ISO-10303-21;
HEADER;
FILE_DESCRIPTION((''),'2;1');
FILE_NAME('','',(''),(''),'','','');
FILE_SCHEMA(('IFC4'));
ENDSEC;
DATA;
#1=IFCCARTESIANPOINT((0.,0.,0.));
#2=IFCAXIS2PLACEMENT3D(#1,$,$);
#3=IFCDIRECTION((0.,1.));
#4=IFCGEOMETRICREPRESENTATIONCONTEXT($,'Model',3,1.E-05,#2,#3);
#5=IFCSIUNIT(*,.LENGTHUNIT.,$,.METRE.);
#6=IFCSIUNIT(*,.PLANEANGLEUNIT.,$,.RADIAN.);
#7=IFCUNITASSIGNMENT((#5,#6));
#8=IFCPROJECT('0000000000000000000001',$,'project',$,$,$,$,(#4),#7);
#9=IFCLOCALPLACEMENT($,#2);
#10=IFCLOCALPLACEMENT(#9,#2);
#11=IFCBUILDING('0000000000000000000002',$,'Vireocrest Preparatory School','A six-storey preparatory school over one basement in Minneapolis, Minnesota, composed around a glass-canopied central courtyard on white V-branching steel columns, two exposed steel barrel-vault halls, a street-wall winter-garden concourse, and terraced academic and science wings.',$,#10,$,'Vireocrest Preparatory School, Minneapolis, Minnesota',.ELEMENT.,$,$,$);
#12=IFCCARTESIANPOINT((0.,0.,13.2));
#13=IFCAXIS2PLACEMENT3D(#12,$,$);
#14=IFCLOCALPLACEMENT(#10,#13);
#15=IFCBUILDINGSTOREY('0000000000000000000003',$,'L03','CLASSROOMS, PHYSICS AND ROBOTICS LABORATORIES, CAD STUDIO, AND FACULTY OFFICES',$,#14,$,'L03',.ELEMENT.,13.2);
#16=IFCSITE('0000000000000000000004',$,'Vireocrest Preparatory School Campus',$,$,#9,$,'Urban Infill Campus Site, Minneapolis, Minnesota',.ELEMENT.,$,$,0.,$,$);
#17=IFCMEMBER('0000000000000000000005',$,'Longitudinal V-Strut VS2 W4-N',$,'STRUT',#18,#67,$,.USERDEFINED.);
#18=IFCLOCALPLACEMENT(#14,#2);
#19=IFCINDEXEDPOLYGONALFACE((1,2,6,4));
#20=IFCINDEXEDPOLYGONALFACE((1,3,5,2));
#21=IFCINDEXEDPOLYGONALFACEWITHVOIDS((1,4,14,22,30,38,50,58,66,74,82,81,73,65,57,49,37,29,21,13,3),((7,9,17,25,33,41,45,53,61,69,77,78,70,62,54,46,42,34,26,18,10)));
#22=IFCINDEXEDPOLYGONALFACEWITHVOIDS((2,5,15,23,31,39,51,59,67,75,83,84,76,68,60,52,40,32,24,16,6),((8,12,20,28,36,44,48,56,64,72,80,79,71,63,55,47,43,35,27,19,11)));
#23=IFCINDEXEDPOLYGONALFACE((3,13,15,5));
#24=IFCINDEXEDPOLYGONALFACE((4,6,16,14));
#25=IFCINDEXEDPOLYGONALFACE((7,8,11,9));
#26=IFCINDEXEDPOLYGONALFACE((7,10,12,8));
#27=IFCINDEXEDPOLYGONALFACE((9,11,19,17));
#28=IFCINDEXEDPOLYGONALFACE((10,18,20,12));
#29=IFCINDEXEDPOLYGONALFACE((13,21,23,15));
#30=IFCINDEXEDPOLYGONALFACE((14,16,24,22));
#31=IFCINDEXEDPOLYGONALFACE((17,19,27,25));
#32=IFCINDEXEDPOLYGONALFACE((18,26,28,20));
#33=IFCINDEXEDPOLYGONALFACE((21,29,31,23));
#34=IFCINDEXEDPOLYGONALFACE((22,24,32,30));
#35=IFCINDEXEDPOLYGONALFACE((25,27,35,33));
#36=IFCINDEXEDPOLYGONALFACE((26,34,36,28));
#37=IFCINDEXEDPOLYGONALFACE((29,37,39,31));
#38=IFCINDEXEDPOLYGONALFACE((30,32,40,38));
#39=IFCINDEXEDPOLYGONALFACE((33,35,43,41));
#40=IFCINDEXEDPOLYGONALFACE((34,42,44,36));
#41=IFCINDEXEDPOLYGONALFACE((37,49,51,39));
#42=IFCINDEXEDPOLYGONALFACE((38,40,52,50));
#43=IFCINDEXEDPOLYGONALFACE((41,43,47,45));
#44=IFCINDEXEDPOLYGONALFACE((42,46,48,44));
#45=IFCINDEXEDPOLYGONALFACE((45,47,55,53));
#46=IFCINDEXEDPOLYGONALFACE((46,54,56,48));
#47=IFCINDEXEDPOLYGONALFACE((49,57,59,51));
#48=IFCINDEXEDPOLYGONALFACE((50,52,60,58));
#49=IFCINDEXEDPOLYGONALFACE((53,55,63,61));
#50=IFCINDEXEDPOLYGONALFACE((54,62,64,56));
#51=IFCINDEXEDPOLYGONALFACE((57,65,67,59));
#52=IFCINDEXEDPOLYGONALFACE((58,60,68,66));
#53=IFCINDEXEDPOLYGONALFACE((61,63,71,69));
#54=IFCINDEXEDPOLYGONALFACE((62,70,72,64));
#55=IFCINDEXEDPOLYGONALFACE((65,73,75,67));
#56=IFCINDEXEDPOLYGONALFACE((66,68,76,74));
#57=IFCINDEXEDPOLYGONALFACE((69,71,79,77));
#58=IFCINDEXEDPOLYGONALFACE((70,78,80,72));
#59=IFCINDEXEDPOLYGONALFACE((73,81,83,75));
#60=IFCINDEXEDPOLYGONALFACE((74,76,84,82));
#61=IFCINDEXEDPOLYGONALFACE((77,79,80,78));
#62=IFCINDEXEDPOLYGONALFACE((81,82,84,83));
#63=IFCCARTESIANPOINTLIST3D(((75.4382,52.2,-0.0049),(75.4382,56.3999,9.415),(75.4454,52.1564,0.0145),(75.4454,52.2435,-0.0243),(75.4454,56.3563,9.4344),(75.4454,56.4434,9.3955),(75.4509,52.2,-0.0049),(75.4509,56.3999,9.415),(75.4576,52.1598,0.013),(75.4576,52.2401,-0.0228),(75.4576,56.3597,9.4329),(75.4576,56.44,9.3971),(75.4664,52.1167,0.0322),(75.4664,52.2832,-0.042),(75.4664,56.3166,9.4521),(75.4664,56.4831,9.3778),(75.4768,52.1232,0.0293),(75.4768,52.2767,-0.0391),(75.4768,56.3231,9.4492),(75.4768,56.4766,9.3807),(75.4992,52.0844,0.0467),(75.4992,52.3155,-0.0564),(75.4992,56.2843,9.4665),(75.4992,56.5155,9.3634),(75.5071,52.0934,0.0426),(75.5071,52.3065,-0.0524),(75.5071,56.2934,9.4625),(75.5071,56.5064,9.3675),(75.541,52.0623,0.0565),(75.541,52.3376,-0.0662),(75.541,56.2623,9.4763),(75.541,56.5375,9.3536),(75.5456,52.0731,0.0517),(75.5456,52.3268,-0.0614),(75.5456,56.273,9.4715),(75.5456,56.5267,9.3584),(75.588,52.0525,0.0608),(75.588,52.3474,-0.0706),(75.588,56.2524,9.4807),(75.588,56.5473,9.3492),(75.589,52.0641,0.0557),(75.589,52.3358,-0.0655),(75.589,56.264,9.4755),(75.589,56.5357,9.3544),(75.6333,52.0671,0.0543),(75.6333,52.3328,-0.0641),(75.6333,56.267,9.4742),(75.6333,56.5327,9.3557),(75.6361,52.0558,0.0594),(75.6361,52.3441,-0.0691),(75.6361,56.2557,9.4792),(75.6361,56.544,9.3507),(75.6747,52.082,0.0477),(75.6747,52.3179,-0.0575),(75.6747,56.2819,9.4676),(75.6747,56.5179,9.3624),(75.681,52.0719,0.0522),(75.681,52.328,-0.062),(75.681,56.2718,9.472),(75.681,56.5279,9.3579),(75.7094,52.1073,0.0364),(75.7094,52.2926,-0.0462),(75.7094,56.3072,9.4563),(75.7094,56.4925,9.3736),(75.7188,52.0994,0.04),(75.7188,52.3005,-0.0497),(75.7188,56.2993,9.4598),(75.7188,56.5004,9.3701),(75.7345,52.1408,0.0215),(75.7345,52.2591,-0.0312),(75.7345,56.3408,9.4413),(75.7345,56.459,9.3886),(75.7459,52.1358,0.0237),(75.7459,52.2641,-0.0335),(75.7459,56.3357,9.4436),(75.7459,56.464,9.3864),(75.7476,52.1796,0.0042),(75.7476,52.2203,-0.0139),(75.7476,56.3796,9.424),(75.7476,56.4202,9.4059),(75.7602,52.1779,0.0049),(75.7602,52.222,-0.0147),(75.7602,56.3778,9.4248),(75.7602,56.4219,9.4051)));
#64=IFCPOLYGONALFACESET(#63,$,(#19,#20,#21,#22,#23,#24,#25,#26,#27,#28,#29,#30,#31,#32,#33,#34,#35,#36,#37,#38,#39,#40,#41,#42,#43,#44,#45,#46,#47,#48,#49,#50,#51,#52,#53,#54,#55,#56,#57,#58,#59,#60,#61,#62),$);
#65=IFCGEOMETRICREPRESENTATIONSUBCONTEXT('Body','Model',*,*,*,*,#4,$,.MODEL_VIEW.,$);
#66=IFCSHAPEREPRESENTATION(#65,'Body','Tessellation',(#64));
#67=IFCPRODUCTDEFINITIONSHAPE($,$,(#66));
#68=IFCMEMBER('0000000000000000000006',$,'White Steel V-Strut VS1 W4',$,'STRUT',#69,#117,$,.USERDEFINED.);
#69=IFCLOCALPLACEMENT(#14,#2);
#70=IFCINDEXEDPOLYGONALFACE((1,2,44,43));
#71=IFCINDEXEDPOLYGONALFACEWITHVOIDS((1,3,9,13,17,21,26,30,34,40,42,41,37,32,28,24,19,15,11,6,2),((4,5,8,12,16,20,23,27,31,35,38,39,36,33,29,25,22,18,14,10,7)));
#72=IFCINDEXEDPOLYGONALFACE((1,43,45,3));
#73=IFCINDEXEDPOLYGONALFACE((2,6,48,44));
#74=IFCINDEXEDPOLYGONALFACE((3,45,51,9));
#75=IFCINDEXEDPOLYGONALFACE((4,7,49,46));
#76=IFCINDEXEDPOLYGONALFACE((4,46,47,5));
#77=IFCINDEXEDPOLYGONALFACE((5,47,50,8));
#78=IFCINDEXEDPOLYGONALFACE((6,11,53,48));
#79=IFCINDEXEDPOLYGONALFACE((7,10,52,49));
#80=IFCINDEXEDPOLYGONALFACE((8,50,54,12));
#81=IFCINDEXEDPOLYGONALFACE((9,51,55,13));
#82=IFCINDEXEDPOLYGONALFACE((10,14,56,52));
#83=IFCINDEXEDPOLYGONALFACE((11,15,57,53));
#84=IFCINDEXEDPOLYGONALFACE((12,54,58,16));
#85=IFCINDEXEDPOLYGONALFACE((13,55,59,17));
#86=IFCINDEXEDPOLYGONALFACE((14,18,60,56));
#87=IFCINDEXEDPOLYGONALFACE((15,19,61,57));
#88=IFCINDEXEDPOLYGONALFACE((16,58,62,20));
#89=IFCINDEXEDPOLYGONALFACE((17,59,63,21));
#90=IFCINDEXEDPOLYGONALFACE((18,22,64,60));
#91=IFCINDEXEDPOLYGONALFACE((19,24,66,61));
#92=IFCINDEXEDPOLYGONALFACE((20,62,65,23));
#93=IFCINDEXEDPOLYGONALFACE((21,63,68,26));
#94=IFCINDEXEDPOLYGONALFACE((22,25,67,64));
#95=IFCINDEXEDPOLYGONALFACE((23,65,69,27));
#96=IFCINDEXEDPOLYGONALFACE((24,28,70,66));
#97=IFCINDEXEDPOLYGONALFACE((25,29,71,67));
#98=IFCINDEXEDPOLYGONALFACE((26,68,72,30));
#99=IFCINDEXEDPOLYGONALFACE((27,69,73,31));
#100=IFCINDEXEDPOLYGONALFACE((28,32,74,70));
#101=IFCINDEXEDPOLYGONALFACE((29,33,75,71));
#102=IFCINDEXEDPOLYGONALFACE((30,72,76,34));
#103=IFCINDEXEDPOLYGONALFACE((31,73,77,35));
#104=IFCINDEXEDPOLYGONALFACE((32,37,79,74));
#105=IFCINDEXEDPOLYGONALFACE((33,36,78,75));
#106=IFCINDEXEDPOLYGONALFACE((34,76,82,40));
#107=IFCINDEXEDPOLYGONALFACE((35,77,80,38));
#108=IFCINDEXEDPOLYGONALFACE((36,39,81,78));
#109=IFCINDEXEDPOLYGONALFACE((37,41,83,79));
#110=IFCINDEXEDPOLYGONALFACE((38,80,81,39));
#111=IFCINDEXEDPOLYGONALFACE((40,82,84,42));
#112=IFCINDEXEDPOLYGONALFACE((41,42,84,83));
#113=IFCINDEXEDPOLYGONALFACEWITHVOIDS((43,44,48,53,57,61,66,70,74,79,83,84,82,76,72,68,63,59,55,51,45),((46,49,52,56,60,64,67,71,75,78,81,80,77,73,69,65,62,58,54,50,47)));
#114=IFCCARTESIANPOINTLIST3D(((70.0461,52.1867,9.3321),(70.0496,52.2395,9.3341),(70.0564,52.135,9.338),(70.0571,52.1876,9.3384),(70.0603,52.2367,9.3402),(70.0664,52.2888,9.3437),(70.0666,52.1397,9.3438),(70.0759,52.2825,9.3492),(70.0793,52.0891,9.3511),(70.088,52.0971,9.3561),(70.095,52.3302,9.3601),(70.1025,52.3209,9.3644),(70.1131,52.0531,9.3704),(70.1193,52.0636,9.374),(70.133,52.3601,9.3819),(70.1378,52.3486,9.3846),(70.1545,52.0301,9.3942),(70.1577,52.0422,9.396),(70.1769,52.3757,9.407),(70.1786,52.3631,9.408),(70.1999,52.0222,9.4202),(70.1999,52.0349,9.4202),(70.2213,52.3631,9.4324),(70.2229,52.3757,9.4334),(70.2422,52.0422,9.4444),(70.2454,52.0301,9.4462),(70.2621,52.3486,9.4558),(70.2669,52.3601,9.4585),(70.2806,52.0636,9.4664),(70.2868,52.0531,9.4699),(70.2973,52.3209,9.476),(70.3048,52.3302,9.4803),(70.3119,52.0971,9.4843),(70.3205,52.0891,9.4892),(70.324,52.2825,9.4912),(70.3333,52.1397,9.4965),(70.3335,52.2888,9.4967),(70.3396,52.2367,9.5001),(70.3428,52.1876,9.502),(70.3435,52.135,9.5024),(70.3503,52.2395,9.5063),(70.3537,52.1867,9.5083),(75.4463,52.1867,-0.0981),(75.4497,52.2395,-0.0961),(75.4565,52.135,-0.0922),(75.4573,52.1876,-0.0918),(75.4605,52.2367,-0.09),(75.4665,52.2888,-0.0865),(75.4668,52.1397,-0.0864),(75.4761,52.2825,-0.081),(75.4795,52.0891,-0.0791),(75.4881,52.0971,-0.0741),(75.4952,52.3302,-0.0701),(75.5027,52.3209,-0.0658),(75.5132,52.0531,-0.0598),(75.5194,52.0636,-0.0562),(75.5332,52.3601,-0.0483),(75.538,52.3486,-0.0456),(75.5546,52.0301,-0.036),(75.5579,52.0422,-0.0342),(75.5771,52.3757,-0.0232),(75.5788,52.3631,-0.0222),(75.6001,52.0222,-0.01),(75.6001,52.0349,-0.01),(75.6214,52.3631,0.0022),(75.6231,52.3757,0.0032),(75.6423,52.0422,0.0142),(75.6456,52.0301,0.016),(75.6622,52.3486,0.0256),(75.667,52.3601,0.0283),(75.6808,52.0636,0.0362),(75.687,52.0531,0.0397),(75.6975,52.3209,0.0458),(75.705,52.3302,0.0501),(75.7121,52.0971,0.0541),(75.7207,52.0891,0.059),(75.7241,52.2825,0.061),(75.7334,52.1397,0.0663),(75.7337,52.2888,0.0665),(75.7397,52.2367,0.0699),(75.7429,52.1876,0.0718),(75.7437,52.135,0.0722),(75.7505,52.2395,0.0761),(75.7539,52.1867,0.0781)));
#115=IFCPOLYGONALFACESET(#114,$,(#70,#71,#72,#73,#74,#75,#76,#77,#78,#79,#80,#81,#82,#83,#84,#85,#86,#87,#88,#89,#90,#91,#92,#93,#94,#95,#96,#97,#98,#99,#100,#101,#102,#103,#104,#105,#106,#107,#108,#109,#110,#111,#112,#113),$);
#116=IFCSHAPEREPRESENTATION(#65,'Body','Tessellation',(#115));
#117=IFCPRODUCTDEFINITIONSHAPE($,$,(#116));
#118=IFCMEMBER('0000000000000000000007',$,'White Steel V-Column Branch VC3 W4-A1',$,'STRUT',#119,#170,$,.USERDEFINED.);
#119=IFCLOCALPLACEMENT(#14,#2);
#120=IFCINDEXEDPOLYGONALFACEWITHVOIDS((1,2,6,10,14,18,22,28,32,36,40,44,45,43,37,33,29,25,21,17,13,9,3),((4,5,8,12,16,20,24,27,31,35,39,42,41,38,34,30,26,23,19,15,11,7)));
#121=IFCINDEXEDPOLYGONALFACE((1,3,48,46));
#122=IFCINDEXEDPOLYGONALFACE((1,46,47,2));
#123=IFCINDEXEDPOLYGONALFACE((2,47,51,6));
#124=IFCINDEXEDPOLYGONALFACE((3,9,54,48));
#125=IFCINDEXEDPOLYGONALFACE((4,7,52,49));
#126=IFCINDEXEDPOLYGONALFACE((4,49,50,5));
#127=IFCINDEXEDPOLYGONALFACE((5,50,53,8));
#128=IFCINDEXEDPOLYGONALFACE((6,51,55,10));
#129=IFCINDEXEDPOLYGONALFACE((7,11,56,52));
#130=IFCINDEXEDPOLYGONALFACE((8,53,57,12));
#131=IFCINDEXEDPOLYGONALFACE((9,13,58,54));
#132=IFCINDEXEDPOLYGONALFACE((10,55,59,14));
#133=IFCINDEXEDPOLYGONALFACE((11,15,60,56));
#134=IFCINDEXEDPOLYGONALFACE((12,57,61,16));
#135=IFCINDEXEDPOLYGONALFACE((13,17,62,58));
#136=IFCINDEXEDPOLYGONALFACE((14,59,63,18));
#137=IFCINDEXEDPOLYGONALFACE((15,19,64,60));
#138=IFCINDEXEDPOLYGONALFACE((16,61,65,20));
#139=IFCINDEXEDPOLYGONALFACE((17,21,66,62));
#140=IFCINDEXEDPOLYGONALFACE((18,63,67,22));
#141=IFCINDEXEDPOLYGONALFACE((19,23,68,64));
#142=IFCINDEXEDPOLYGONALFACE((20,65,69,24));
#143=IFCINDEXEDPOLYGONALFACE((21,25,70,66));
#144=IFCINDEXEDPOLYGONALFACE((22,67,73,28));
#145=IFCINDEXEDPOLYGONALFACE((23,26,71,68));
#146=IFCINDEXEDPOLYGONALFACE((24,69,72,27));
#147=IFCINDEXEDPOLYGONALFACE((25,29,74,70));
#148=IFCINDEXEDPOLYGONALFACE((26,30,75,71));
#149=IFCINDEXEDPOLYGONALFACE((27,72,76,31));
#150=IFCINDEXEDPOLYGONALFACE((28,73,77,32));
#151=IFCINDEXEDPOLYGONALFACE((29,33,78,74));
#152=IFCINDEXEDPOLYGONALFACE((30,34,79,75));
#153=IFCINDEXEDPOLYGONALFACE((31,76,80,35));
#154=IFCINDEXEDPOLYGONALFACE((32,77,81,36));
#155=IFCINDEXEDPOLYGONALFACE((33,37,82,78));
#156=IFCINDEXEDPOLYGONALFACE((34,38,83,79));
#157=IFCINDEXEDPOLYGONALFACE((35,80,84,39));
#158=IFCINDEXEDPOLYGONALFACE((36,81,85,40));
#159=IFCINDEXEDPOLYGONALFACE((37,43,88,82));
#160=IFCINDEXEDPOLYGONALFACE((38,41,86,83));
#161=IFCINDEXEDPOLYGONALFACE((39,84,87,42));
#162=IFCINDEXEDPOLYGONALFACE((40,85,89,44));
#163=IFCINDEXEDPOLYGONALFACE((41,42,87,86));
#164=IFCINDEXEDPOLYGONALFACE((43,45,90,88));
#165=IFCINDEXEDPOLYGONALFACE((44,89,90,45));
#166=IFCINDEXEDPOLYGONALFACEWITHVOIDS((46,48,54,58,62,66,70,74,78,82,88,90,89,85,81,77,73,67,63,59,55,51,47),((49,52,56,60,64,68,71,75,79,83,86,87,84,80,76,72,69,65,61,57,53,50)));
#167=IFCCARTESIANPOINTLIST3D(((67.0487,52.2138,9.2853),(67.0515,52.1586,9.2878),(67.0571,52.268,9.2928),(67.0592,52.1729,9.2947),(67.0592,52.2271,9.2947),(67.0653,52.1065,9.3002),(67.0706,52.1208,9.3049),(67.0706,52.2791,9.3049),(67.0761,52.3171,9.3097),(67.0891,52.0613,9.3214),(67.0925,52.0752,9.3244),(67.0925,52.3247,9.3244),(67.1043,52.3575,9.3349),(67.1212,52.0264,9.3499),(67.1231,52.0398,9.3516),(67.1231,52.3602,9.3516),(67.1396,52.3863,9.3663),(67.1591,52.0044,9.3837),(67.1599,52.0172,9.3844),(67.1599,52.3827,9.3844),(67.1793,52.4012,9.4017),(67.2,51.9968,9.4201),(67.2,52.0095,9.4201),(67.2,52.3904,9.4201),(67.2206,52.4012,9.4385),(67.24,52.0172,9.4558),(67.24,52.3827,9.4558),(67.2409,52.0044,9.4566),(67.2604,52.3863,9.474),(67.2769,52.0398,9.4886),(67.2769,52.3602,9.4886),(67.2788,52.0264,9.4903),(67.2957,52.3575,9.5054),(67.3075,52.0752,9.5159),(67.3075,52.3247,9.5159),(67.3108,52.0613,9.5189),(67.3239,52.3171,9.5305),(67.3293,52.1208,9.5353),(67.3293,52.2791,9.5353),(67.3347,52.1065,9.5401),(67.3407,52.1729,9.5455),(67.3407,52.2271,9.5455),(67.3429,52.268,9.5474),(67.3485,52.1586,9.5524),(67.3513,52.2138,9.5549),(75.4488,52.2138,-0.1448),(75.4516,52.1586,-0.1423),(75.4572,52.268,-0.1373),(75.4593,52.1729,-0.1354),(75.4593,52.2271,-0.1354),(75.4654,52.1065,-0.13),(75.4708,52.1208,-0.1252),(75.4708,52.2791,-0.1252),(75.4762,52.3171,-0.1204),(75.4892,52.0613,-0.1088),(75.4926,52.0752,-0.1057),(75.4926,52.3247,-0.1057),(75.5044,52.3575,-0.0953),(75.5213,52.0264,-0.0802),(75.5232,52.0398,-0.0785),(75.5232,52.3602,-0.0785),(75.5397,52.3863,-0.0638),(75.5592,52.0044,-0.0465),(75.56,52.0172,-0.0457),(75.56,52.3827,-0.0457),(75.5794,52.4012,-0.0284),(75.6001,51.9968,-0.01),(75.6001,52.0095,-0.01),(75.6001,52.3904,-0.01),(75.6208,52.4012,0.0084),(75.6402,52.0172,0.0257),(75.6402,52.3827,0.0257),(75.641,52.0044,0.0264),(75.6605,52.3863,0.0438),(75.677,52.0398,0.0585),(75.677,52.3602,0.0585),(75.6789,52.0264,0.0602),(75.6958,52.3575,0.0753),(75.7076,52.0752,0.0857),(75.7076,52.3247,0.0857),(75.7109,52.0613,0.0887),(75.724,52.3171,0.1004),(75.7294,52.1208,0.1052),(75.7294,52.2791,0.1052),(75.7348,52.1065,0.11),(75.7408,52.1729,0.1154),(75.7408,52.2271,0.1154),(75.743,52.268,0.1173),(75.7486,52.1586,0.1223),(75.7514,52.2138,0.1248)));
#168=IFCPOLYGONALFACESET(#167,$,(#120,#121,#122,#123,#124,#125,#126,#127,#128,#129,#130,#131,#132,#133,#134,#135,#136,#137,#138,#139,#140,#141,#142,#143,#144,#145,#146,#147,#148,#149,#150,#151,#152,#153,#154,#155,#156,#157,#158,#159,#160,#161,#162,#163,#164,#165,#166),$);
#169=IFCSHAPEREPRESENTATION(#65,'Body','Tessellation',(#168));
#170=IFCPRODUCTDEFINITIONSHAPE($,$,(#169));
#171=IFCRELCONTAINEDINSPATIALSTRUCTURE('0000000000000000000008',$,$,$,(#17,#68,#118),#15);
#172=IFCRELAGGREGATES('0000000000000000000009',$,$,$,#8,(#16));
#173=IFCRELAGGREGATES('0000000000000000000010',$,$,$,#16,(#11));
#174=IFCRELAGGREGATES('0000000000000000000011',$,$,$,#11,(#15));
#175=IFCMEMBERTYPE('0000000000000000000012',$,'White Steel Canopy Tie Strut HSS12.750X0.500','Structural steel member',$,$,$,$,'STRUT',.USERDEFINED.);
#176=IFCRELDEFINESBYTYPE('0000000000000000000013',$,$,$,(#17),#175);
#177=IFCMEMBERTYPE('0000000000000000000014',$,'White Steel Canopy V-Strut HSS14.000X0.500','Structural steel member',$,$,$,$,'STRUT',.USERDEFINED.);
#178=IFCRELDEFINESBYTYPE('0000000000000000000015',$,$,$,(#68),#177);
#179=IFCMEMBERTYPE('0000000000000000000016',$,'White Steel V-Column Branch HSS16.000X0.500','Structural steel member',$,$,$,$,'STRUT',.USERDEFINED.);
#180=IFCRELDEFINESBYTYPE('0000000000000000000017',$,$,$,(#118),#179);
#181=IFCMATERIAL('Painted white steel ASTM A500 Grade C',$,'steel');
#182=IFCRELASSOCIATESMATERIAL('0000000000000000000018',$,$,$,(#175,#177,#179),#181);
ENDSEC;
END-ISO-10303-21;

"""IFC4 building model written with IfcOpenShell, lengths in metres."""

from ifc_helpers import new_model, si_unit, direction, frame, origin, origin_2d, place, context, subcontext, project, spatial, hollow_circle, extrude, material, material_profile, profile_set, type_object, element, save


model = new_model("IFC4")

# Units and contexts
model_context = context("Model", 3, precision=1e-05, world=origin(), true_north=direction((0.0, 1.0)))
body_context = subcontext(model_context, "Body", "Model", "MODEL_VIEW")
ifc_project = project(units=[si_unit("LENGTHUNIT", "METRE"), si_unit("PLANEANGLEUNIT", "RADIAN")], contexts=[model_context])

# Site, building, storey
site_placement = place(None, origin())
site = spatial("IfcSite", under=ifc_project, at=site_placement, Name="Vireocrest Preparatory School Campus", LongName="Urban Infill Campus Site, Minneapolis, Minnesota", CompositionType="ELEMENT", RefElevation=0.0)
building_placement = place(site_placement, origin())
building = spatial("IfcBuilding", under=site, at=building_placement, Name="Vireocrest Preparatory School", Description="A six-storey preparatory school over one basement in Minneapolis, Minnesota, composed around a glass-canopied central courtyard on white V-branching steel columns, two exposed steel barrel-vault halls, a street-wall winter-garden concourse, and terraced academic and science wings.", LongName="Vireocrest Preparatory School, Minneapolis, Minnesota", CompositionType="ELEMENT")
storey_placement = place(building_placement, frame((0.0, 0.0, 13.2)))
storey = spatial("IfcBuildingStorey", under=building, at=storey_placement, Name="L03", Description="CLASSROOMS, PHYSICS AND ROBOTICS LABORATORIES, CAD STUDIO, AND FACULTY OFFICES", LongName="L03", CompositionType="ELEMENT", Elevation=13.2)

# Members
ifc_material_1 = material(Name="Painted white steel ASTM A500 Grade C", Category="steel")
ifc_material_profile_1 = material_profile(ifc_material_1, hollow_circle(Radius=0.1619, WallThickness=0.0127, at=origin_2d()), Name="HSS12.750X0.500")
ifc_profile_set_1 = profile_set([ifc_material_profile_1], Name="Painted white steel ASTM A500 Grade C")
member_type_1 = type_object("IfcMemberType", Name="White Steel Canopy Tie Strut HSS12.750X0.500", Description="Structural steel member", ElementType="STRUT", PredefinedType="USERDEFINED", material=ifc_profile_set_1)
for number, where, z_axis, x_axis, name in (
    (1, (75.6001, 52.2, -0.0049), (0.0, 0.407217, 0.913332), (-1.0, 0.0, 0.0), "Longitudinal V-Strut VS2 W4-N"),
):
    element("IfcMember", number, at=place(storey_placement, frame(where, z_axis=z_axis, x_axis=x_axis)), inside=storey, type_object=member_type_1, Name=name, ObjectType="STRUT", PredefinedType="USERDEFINED", context=body_context, shape_type="SweptSolid", body=[
        extrude(hollow_circle(Radius=0.1619, WallThickness=0.0127, at=origin_2d()), origin(), (0.0, 0.0, 1.0), 10.3137),
    ])
ifc_material_profile_2 = material_profile(ifc_material_1, hollow_circle(Radius=0.1777, WallThickness=0.0127, at=origin_2d()), Name="HSS14.000X0.500")
ifc_profile_set_2 = profile_set([ifc_material_profile_2], Name="Painted white steel ASTM A500 Grade C")
member_type_2 = type_object("IfcMemberType", Name="White Steel Canopy V-Strut HSS14.000X0.500", Description="Structural steel member", ElementType="STRUT", PredefinedType="USERDEFINED", material=ifc_profile_set_2)
member_1_placement = place(storey_placement, frame((75.6001, 52.2, -0.01), z_axis=(-0.496935, 0.0, 0.867788), x_axis=(0.0, -1.0, 0.0)))
element("IfcMember", 2, at=member_1_placement, inside=storey, type_object=member_type_2, Name="White Steel V-Strut VS1 W4", ObjectType="STRUT", PredefinedType="USERDEFINED", context=body_context, shape_type="SweptSolid", body=[
    extrude(hollow_circle(Radius=0.1777, WallThickness=0.0127, at=origin_2d()), origin(), (0.0, 0.0, 1.0), 10.8669),
])
ifc_material_profile_3 = material_profile(ifc_material_1, hollow_circle(Radius=0.2031, WallThickness=0.0127, at=origin_2d()), Name="HSS16.000X0.500")
ifc_profile_set_3 = profile_set([ifc_material_profile_3], Name="Painted white steel ASTM A500 Grade C")
member_type_3 = type_object("IfcMemberType", Name="White Steel V-Column Branch HSS16.000X0.500", Description="Structural steel member", ElementType="STRUT", PredefinedType="USERDEFINED", material=ifc_profile_set_3)
for number, where, z_axis, x_axis, name in (
    (3, (75.6001, 52.2, -0.01), (-0.665149, 0.0, 0.74671), (0.0, -1.0, 0.0), "White Steel V-Column Branch VC3 W4-A1"),
):
    element("IfcMember", number, at=place(storey_placement, frame(where, z_axis=z_axis, x_axis=x_axis)), inside=storey, type_object=member_type_3, Name=name, ObjectType="STRUT", PredefinedType="USERDEFINED", context=body_context, shape_type="SweptSolid", body=[
        extrude(hollow_circle(Radius=0.2031, WallThickness=0.0127, at=origin_2d()), origin(), (0.0, 0.0, 1.0), 12.6289),
    ])

save(model, "model.ifc")
